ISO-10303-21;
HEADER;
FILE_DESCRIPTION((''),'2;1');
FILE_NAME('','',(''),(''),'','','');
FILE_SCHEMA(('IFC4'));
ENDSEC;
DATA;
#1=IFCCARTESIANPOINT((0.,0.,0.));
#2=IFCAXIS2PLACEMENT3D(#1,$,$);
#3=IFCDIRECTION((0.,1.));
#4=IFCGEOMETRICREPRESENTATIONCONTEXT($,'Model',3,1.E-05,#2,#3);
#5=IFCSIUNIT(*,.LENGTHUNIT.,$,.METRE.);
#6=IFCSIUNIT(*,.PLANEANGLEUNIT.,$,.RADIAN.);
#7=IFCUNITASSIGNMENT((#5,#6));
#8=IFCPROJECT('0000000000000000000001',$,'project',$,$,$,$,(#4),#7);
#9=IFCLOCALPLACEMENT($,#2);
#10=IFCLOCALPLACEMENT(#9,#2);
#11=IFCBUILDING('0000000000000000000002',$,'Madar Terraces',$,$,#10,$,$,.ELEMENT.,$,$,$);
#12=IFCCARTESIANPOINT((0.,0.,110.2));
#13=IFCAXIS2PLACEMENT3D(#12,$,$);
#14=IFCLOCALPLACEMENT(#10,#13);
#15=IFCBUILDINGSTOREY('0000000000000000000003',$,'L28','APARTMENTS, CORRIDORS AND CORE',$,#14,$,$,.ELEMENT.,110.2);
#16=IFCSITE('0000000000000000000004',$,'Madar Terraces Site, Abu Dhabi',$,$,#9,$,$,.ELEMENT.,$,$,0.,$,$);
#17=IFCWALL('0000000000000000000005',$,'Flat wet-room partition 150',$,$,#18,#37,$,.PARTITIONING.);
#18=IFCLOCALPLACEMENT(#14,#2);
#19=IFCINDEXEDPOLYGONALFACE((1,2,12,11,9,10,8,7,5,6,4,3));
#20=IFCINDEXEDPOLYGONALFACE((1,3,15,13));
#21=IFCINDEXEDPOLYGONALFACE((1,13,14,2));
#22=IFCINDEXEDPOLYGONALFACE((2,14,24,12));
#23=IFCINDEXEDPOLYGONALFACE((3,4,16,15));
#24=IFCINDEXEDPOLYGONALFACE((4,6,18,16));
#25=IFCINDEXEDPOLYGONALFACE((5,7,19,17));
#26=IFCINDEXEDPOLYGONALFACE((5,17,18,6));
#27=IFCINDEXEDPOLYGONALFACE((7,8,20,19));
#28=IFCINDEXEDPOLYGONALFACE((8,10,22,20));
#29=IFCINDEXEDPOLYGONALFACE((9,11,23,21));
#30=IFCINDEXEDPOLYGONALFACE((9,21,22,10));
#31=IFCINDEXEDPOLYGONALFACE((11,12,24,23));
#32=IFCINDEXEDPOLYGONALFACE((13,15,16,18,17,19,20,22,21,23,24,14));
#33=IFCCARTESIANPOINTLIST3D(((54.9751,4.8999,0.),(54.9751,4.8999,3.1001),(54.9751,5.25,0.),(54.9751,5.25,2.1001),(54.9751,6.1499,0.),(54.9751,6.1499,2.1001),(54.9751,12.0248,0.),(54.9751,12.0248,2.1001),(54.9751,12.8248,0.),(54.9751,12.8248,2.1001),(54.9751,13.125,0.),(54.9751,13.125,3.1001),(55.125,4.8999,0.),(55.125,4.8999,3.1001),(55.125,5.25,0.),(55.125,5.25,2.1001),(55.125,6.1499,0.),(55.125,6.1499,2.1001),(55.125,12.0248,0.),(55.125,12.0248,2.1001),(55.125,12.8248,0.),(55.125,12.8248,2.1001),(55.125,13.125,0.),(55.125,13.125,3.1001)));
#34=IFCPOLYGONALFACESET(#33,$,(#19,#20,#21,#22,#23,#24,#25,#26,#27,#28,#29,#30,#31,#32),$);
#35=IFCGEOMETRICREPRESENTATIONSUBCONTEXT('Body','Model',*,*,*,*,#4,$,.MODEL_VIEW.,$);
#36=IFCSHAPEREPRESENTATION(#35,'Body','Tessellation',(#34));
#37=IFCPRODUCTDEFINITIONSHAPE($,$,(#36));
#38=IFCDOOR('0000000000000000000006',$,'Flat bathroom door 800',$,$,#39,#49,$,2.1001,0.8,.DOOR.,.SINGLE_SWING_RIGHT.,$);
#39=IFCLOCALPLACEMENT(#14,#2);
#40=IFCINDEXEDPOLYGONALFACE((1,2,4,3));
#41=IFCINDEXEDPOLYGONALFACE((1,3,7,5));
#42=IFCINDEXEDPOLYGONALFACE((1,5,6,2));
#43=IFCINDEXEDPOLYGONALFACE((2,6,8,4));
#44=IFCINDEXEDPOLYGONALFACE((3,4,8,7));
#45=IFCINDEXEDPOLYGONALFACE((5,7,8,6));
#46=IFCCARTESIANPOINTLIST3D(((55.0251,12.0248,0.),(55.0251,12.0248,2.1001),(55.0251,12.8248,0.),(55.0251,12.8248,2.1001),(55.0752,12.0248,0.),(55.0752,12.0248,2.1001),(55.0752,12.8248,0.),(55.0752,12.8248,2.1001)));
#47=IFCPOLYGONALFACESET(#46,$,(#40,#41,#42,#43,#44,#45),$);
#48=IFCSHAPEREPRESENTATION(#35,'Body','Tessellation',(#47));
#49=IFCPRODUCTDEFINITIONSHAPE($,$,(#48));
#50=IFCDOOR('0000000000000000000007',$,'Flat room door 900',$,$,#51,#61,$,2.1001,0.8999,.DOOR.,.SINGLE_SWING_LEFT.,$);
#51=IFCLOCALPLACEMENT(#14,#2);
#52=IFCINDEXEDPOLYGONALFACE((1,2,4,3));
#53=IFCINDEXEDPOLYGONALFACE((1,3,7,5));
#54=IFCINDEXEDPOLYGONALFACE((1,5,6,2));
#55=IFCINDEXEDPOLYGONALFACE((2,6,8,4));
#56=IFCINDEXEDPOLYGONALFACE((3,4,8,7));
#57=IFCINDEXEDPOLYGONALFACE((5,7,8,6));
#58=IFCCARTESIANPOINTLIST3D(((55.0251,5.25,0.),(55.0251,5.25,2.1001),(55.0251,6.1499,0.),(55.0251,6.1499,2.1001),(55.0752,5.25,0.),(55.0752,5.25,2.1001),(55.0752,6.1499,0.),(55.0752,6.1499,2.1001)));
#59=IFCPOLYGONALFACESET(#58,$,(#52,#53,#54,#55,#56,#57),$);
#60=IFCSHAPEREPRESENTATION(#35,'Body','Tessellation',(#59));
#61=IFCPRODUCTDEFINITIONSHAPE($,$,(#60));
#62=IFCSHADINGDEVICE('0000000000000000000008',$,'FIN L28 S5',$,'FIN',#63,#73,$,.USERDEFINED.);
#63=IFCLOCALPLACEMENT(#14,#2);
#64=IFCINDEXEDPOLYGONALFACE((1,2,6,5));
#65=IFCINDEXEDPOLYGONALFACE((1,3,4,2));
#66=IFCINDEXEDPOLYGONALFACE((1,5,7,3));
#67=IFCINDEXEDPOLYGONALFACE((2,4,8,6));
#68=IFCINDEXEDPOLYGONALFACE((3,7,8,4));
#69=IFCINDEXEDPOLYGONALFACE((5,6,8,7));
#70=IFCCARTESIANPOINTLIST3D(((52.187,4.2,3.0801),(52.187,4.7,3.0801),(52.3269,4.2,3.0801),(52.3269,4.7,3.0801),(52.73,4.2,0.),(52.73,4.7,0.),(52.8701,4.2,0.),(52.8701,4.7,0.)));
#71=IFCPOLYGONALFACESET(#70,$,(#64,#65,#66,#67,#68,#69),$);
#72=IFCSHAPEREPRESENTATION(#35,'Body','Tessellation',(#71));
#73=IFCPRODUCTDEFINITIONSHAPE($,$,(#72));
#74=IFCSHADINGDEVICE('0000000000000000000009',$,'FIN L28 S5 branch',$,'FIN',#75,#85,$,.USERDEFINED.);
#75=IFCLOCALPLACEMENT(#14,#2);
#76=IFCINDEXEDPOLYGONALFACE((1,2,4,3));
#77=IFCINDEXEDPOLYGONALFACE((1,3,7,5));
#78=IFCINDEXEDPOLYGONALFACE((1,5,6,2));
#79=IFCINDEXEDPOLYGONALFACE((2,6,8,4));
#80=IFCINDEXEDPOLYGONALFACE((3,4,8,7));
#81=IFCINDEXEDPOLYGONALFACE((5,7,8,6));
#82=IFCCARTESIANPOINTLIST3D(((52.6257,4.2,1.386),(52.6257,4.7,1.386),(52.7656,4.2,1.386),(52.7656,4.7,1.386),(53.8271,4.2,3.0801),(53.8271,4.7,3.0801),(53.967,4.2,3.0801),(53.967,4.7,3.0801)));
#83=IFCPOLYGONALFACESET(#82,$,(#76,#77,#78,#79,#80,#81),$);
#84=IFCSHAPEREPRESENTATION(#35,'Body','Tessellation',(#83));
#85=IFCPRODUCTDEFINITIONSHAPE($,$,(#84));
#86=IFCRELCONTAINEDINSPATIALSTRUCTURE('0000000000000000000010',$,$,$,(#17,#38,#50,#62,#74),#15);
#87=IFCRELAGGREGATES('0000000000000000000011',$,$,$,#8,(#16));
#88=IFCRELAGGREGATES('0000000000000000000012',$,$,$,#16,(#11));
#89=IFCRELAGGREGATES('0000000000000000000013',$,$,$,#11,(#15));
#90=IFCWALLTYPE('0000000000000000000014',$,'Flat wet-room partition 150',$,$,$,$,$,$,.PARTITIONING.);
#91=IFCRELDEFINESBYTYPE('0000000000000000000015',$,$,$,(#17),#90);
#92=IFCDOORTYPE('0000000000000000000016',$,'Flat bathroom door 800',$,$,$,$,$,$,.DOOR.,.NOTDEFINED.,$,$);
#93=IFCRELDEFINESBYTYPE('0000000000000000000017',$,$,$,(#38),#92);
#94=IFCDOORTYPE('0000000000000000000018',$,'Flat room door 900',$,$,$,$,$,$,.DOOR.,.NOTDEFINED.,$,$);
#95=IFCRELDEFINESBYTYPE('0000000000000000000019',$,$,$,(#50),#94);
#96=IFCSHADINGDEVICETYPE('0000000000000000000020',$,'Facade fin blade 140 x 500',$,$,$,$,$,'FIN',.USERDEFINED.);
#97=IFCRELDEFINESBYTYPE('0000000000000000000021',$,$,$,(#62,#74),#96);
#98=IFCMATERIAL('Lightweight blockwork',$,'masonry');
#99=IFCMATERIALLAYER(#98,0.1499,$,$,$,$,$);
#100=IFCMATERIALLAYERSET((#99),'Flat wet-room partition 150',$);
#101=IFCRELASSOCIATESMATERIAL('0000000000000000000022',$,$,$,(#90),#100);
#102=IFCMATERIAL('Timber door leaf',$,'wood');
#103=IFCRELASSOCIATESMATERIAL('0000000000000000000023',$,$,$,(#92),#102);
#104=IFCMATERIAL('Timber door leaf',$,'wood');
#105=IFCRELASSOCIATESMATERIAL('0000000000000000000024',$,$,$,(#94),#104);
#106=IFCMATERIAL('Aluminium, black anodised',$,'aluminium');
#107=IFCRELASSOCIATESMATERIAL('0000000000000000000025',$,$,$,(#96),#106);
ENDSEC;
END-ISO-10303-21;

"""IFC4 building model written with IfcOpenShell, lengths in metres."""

from ifc_helpers import new_model, si_unit, direction, frame, frame_2d, origin, place, context, subcontext, project, spatial, polyline, rectangle, outline, extrude, material, layer, layer_set, type_object, element, fill, save


model = new_model("IFC4")

# Units and contexts
model_context = context("Model", 3, precision=1e-05, world=origin(), true_north=direction((0.0, 1.0)))
body_context = subcontext(model_context, "Body", "Model", "MODEL_VIEW")
ifc_project = project(units=[si_unit("LENGTHUNIT", "METRE"), si_unit("PLANEANGLEUNIT", "RADIAN")], contexts=[model_context])

# Site, building, storey
site_placement = place(None, origin())
site = spatial("IfcSite", under=ifc_project, at=site_placement, Name="Madar Terraces Site, Abu Dhabi", CompositionType="ELEMENT", RefElevation=0.0)
building_placement = place(site_placement, origin())
building = spatial("IfcBuilding", under=site, at=building_placement, Name="Madar Terraces", CompositionType="ELEMENT")
storey_placement = place(building_placement, frame((0.0, 0.0, 110.2)))
storey = spatial("IfcBuildingStorey", under=building, at=storey_placement, Name="L28", Description="APARTMENTS, CORRIDORS AND CORE", CompositionType="ELEMENT", Elevation=110.2)

# Shared definitions
ifc_material_1 = material(Name="Lightweight blockwork", Category="masonry")
ifc_layer_1 = layer(ifc_material_1, 0.1499)
ifc_layer_set_1 = layer_set([ifc_layer_1], Name="Flat wet-room partition 150")
wall_type_1 = type_object("IfcWallType", Name="Flat wet-room partition 150", PredefinedType="PARTITIONING", material=ifc_layer_set_1)

# Wall, openings, doors
wall_1_placement = place(storey_placement, frame((55.05, 4.8999, 0.0), z_axis=(0.0, 0.0, 1.0), x_axis=(0.0, 1.0, 0.0)))
wall_1 = element("IfcWall", 1, at=wall_1_placement, inside=storey, type_object=wall_type_1, Name="Flat wet-room partition 150", PredefinedType="PARTITIONING", context=body_context, shape_type="SweptSolid", body=[
    extrude(rectangle(XDim=8.2251, YDim=0.1499, at=frame_2d((4.1125, 0.0))), origin(), (0.0, 0.0, 1.0), 3.1001),
])
opening_1_placement = place(wall_1_placement, frame((7.125, 0.0, 0.0)))
opening_1 = element("IfcOpeningElement", 2, at=opening_1_placement, cuts=wall_1, PredefinedType="OPENING", context=body_context, shape_type="SweptSolid", body=[
    extrude(rectangle(XDim=0.8, YDim=2.1001, at=frame_2d((0.3999, 1.05))), frame((0.0, 0.085, 0.0), z_axis=(0.0, -1.0, 0.0), x_axis=(1.0, 0.0, 0.0)), (0.0, 0.0, 1.0), 0.1699),
])
opening_2_placement = place(wall_1_placement, frame((0.3501, 0.0, 0.0)))
opening_2 = element("IfcOpeningElement", 3, at=opening_2_placement, cuts=wall_1, PredefinedType="OPENING", context=body_context, shape_type="SweptSolid", body=[
    extrude(rectangle(XDim=0.8999, YDim=2.1001, at=frame_2d((0.45, 1.05))), frame((0.0, 0.085, 0.0), z_axis=(0.0, -1.0, 0.0), x_axis=(1.0, 0.0, 0.0)), (0.0, 0.0, 1.0), 0.1699),
])
ifc_material_2 = material(Name="Timber door leaf", Category="wood")
door_type_1 = type_object("IfcDoorType", Name="Flat bathroom door 800", OperationType="NOTDEFINED", PredefinedType="DOOR", material=ifc_material_2)
door_1_placement = place(opening_1_placement, origin())
door_1 = element("IfcDoor", 4, at=door_1_placement, inside=storey, type_object=door_type_1, Name="Flat bathroom door 800", OperationType="SINGLE_SWING_RIGHT", OverallHeight=2.1001, OverallWidth=0.8, PredefinedType="DOOR", context=body_context, shape_type="SweptSolid", body=[
    extrude(rectangle(XDim=0.8, YDim=2.1001, at=frame_2d((0.3999, 1.05))), frame((0.0, 0.0249, 0.0), z_axis=(0.0, -1.0, 0.0), x_axis=(1.0, 0.0, 0.0)), (0.0, 0.0, 1.0), 0.05),
])
fill(opening_1, door_1)
ifc_material_3 = material(Name="Timber door leaf", Category="wood")
door_type_2 = type_object("IfcDoorType", Name="Flat room door 900", OperationType="NOTDEFINED", PredefinedType="DOOR", material=ifc_material_3)
door_2_placement = place(opening_2_placement, origin())
door_2 = element("IfcDoor", 5, at=door_2_placement, inside=storey, type_object=door_type_2, Name="Flat room door 900", OperationType="SINGLE_SWING_LEFT", OverallHeight=2.1001, OverallWidth=0.8999, PredefinedType="DOOR", context=body_context, shape_type="SweptSolid", body=[
    extrude(rectangle(XDim=0.8999, YDim=2.1001, at=frame_2d((0.45, 1.05))), frame((0.0, 0.0249, 0.0), z_axis=(0.0, -1.0, 0.0), x_axis=(1.0, 0.0, 0.0)), (0.0, 0.0, 1.0), 0.05),
])
fill(opening_2, door_2)

# Shading devices
ifc_material_4 = material(Name="Aluminium, black anodised", Category="aluminium")
shading_device_type = type_object("IfcShadingDeviceType", Name="Facade fin blade 140 x 500", ElementType="FIN", PredefinedType="USERDEFINED", material=ifc_material_4)
shading_device_1_placement = place(storey_placement, frame((52.73, 4.45, 0.0), z_axis=(0.0, 0.0, 1.0), x_axis=(1.0, 0.0, 0.0)))
element("IfcShadingDevice", 6, at=shading_device_1_placement, inside=storey, type_object=shading_device_type, Name="FIN L28 S5", ObjectType="FIN", PredefinedType="USERDEFINED", context=body_context, shape_type="SweptSolid", body=[
    extrude(outline(polyline([(0.0, 0.0), (0.1401, 0.0), (-0.4031, 3.0801), (-0.543, 3.0801), (0.0, 0.0)])), frame((0.0, 0.25, 0.0), z_axis=(0.0, -1.0, 0.0), x_axis=(1.0, 0.0, 0.0)), (0.0, 0.0, 1.0), 0.5),
])
shading_device_2_placement = place(storey_placement, frame((52.6257, 4.45, 1.386), z_axis=(0.0, 0.0, 1.0), x_axis=(1.0, 0.0, 0.0)))
element("IfcShadingDevice", 7, at=shading_device_2_placement, inside=storey, type_object=shading_device_type, Name="FIN L28 S5 branch", ObjectType="FIN", PredefinedType="USERDEFINED", context=body_context, shape_type="SweptSolid", body=[
    extrude(outline(polyline([(0.0, 0.0), (0.1399, 0.0), (1.3413, 1.6941), (1.2014, 1.6941), (0.0, 0.0)])), frame((0.0, 0.25, 0.0), z_axis=(0.0, -1.0, 0.0), x_axis=(1.0, 0.0, 0.0)), (0.0, 0.0, 1.0), 0.5),
])

save(model, "model.ifc")
